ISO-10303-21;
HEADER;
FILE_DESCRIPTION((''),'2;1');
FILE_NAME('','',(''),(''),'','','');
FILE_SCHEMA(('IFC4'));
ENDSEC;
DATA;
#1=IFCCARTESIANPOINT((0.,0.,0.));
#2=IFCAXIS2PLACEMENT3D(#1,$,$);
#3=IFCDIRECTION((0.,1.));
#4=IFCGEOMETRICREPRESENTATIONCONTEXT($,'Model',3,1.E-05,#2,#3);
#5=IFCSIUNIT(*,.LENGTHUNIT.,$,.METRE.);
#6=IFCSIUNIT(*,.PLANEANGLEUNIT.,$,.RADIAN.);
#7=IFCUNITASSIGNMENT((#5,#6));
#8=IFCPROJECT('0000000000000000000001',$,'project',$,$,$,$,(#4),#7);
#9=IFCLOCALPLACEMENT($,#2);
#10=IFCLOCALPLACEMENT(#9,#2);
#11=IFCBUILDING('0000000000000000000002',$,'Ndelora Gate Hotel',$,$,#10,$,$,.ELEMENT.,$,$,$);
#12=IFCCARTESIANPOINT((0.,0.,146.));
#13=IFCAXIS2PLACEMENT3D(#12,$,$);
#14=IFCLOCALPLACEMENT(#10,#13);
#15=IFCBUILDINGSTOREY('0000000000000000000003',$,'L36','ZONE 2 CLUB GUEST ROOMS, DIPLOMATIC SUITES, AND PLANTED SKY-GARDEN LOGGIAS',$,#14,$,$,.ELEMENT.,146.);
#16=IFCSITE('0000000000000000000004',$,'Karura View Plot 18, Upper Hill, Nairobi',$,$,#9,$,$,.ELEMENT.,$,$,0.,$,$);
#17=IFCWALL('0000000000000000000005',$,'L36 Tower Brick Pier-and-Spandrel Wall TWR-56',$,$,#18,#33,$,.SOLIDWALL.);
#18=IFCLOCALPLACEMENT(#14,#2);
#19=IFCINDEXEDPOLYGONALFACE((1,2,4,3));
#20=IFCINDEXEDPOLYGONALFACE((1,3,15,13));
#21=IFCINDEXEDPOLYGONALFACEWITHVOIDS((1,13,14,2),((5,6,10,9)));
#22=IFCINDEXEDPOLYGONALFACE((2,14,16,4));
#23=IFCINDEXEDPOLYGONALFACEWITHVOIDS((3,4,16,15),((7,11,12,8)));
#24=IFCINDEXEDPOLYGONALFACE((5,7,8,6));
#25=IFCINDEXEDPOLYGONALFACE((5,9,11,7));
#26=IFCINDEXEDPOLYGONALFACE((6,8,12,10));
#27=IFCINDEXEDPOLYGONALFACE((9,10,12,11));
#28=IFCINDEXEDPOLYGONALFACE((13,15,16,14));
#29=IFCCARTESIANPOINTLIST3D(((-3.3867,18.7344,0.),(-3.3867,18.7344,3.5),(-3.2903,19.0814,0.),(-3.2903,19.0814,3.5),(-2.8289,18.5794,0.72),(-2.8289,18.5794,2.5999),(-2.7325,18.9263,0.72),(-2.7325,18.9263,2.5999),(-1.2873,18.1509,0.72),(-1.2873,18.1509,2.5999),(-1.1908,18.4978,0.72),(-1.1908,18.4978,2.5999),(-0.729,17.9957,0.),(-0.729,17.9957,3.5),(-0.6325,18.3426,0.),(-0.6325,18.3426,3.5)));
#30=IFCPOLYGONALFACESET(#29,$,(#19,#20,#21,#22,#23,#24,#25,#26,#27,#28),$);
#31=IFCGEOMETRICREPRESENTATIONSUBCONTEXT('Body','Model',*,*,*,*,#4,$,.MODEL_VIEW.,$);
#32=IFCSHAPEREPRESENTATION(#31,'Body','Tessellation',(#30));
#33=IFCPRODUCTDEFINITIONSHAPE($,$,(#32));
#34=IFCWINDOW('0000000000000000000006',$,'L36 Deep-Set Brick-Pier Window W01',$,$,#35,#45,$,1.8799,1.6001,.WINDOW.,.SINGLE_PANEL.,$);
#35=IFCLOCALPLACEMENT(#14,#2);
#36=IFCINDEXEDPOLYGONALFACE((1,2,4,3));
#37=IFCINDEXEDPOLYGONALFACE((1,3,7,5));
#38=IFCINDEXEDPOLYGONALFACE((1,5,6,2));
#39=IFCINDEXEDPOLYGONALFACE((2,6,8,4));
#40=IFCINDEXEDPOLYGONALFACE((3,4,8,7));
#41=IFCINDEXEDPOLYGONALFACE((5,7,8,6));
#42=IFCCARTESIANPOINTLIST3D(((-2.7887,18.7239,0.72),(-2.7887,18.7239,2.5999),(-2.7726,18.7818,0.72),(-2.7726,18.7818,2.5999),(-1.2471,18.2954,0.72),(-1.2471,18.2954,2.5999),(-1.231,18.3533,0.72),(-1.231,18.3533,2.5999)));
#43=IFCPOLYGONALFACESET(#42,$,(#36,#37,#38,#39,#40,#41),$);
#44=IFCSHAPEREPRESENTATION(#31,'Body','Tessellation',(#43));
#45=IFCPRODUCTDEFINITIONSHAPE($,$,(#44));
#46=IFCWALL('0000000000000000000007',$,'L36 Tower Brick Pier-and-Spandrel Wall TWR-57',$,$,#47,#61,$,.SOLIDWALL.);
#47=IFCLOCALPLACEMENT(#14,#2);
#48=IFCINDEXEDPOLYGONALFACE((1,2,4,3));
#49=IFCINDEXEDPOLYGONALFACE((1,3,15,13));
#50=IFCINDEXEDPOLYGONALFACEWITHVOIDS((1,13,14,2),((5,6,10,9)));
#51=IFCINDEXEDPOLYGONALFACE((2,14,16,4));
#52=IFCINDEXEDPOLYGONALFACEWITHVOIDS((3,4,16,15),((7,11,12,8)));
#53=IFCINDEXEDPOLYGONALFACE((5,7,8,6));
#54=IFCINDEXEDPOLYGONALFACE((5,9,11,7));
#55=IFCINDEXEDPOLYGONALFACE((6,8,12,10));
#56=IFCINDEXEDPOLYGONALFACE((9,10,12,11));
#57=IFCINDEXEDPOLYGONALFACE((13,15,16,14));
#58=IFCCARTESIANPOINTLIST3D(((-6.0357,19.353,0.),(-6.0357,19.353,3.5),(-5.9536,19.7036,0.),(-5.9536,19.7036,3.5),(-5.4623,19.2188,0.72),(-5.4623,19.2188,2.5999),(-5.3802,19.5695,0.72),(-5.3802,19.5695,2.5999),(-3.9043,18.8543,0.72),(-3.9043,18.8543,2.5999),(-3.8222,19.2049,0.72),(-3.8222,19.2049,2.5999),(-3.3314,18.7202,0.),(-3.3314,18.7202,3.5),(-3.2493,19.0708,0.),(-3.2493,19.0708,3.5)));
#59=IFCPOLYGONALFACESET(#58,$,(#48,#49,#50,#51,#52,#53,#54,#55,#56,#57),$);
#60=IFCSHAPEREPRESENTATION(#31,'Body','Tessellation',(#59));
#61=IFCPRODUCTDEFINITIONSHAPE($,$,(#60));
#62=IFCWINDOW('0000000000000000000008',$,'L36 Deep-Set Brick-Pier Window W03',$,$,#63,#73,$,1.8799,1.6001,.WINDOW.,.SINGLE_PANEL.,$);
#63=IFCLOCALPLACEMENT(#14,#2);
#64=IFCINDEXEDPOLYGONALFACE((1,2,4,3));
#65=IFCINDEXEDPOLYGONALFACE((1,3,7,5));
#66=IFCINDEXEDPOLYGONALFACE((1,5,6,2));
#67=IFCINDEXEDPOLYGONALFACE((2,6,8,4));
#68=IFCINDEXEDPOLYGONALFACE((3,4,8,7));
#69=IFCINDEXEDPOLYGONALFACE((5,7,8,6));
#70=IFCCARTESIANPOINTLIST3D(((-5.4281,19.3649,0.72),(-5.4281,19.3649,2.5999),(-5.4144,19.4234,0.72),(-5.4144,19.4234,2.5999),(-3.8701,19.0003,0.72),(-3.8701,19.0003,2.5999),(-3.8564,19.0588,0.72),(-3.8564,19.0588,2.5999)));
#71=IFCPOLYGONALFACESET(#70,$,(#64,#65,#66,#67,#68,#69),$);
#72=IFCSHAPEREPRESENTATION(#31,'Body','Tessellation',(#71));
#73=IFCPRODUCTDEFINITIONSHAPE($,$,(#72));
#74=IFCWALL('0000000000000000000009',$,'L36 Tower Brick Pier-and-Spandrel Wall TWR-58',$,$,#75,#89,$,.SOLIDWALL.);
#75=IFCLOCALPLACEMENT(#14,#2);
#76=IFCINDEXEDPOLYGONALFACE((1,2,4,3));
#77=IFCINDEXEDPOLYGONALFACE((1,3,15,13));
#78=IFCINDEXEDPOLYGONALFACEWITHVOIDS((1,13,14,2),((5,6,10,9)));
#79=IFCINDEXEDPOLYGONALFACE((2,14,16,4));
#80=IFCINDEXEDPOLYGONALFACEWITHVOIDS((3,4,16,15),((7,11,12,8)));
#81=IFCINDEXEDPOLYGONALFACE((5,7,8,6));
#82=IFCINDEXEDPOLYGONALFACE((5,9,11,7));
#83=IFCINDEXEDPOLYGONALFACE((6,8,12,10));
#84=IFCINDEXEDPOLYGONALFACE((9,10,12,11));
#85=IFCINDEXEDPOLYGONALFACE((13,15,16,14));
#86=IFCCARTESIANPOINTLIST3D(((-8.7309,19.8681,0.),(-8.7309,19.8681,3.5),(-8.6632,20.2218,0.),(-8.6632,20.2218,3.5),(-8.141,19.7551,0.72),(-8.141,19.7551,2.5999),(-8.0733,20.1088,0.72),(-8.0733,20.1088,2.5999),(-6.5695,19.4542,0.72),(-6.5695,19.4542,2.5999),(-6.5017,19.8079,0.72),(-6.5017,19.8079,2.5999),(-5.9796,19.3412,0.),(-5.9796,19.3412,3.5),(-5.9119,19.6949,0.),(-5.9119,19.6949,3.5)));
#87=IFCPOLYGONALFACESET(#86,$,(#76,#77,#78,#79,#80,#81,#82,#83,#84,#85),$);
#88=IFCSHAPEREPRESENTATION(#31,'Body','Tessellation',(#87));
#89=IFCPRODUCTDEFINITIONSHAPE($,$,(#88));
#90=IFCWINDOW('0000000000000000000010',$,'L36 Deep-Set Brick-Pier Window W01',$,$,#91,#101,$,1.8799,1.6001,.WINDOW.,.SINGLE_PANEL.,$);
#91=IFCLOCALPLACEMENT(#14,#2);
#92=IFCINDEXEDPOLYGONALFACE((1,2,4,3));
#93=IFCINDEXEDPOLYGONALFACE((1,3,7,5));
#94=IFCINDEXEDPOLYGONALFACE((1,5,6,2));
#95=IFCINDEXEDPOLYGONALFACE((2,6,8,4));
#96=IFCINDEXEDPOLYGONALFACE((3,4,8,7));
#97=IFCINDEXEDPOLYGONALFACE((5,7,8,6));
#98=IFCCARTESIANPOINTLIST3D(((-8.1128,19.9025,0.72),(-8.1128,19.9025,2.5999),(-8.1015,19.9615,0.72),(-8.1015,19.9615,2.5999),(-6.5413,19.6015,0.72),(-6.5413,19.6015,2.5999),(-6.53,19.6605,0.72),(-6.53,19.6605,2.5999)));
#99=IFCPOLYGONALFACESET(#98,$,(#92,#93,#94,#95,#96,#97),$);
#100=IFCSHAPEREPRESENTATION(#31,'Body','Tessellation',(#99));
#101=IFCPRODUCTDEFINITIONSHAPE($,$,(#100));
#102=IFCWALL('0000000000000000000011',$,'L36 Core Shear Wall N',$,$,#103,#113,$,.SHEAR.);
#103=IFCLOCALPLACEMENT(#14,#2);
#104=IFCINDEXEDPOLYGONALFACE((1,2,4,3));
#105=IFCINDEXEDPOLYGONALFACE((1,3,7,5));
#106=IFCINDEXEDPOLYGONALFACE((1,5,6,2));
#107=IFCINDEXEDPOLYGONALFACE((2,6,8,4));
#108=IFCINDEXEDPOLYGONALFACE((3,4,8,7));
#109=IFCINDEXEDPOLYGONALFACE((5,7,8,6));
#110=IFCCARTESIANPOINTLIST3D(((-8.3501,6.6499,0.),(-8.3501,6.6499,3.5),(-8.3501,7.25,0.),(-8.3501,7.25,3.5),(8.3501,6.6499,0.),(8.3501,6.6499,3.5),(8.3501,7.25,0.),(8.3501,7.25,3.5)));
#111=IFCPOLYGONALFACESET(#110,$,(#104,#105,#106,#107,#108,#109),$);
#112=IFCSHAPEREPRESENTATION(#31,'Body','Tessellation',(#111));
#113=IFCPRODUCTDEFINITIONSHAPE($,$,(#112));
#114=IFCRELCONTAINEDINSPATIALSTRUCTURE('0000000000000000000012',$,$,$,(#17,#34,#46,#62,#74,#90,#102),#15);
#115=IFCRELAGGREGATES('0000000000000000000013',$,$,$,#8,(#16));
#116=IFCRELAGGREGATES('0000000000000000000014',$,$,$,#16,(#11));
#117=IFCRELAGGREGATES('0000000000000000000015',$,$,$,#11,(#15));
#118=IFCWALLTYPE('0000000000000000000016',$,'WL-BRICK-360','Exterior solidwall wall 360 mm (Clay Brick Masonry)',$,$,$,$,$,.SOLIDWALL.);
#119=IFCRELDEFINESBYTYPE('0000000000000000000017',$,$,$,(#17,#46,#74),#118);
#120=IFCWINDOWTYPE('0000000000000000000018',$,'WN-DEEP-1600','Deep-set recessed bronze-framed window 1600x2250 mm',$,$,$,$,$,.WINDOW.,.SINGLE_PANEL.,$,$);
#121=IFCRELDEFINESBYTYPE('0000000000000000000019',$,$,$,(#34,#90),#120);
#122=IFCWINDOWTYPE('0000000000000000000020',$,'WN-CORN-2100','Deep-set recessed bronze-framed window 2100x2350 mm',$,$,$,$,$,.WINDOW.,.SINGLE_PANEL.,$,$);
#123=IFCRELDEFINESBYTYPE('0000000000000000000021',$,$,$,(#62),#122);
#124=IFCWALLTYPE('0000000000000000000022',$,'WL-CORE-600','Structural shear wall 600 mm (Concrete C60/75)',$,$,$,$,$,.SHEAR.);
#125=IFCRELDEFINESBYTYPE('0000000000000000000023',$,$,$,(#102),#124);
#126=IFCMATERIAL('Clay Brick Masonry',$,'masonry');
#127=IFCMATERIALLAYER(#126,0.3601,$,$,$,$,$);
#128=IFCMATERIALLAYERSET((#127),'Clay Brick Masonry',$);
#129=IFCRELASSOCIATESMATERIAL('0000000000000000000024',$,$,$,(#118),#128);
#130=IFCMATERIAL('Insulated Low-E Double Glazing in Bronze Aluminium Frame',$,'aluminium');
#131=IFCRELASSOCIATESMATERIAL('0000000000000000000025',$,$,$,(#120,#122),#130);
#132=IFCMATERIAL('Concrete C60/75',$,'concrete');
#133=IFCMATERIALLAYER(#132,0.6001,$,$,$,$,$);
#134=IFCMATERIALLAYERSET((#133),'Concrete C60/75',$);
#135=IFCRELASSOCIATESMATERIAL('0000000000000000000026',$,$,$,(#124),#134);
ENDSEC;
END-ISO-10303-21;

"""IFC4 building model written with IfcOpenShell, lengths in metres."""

from ifc_helpers import new_model, si_unit, direction, frame, frame_2d, origin, place, context, subcontext, project, spatial, rectangle, extrude, material, layer, layer_set, type_object, element, fill, save


model = new_model("IFC4")

# Units and contexts
model_context = context("Model", 3, precision=1e-05, world=origin(), true_north=direction((0.0, 1.0)))
body_context = subcontext(model_context, "Body", "Model", "MODEL_VIEW")
ifc_project = project(units=[si_unit("LENGTHUNIT", "METRE"), si_unit("PLANEANGLEUNIT", "RADIAN")], contexts=[model_context])

# Site, building, storey
site_placement = place(None, origin())
site = spatial("IfcSite", under=ifc_project, at=site_placement, Name="Karura View Plot 18, Upper Hill, Nairobi", CompositionType="ELEMENT", RefElevation=0.0)
building_placement = place(site_placement, origin())
building = spatial("IfcBuilding", under=site, at=building_placement, Name="Ndelora Gate Hotel", CompositionType="ELEMENT")
storey_placement = place(building_placement, frame((0.0, 0.0, 146.0)))
storey = spatial("IfcBuildingStorey", under=building, at=storey_placement, Name="L36", Description="ZONE 2 CLUB GUEST ROOMS, DIPLOMATIC SUITES, AND PLANTED SKY-GARDEN LOGGIAS", CompositionType="ELEMENT", Elevation=146.0)

# Shared definitions
ifc_material_1 = material(Name="Concrete C60/75", Category="concrete")

# Shared definitions
ifc_material_2 = material(Name="Clay Brick Masonry", Category="masonry")
ifc_layer_1 = layer(ifc_material_2, 0.3601)
ifc_layer_set_1 = layer_set([ifc_layer_1], Name="Clay Brick Masonry")
wall_type_1 = type_object("IfcWallType", Name="WL-BRICK-360", Description="Exterior solidwall wall 360 mm (Clay Brick Masonry)", PredefinedType="SOLIDWALL", material=ifc_layer_set_1)

# Walls, openings, windows
ifc_material_3 = material(Name="Insulated Low-E Double Glazing in Bronze Aluminium Frame", Category="aluminium")
wall_1_placement = place(storey_placement, frame((-3.3386, 18.908, 0.0), z_axis=(0.0, 0.0, 1.0), x_axis=(0.96347, -0.267817, 0.0)))
wall_1 = element("IfcWall", 1, at=wall_1_placement, inside=storey, type_object=wall_type_1, Name="L36 Tower Brick Pier-and-Spandrel Wall TWR-56", PredefinedType="SOLIDWALL", context=body_context, shape_type="SweptSolid", body=[
    extrude(rectangle(XDim=2.7585, YDim=0.3601, at=frame_2d((1.3794, 0.0))), origin(), (0.0, 0.0, 1.0), 3.5),
])
opening_1_placement = place(wall_1_placement, frame((0.5791, 0.0, 0.72)))
opening_1 = element("IfcOpeningElement", 2, at=opening_1_placement, cuts=wall_1, PredefinedType="OPENING", context=body_context, shape_type="SweptSolid", body=[
    extrude(rectangle(XDim=1.6001, YDim=1.8799, at=frame_2d((0.8, 0.9399))), frame((0.0, 0.1899, 0.0), z_axis=(0.0, -1.0, 0.0), x_axis=(1.0, 0.0, 0.0)), (0.0, 0.0, 1.0), 0.3801),
])
window_type_1 = type_object("IfcWindowType", Name="WN-DEEP-1600", Description="Deep-set recessed bronze-framed window 1600x2250 mm", PartitioningType="SINGLE_PANEL", PredefinedType="WINDOW", material=ifc_material_3)
window_1_placement = place(opening_1_placement, origin())
window_1 = element("IfcWindow", 3, at=window_1_placement, inside=storey, type_object=window_type_1, Name="L36 Deep-Set Brick-Pier Window W01", OverallHeight=1.8799, OverallWidth=1.6001, PartitioningType="SINGLE_PANEL", PredefinedType="WINDOW", context=body_context, shape_type="SweptSolid", body=[
    extrude(rectangle(XDim=1.6001, YDim=1.8799, at=frame_2d((0.8, 0.9399))), frame((0.0, 0.03, 0.0), z_axis=(0.0, -1.0, 0.0), x_axis=(1.0, 0.0, 0.0)), (0.0, 0.0, 1.0), 0.0601),
])
fill(opening_1, window_1)
wall_2_placement = place(storey_placement, frame((-5.9946, 19.5283, 0.0), z_axis=(0.0, 0.0, 1.0), x_axis=(0.973698, -0.227844, 0.0)))
wall_2 = element("IfcWall", 4, at=wall_2_placement, inside=storey, type_object=wall_type_1, Name="L36 Tower Brick Pier-and-Spandrel Wall TWR-57", PredefinedType="SOLIDWALL", context=body_context, shape_type="SweptSolid", body=[
    extrude(rectangle(XDim=2.7773, YDim=0.3601, at=frame_2d((1.3887, 0.0))), origin(), (0.0, 0.0, 1.0), 3.5),
])
opening_2_placement = place(wall_2_placement, frame((0.5889, 0.0, 0.72)))
opening_2 = element("IfcOpeningElement", 5, at=opening_2_placement, cuts=wall_2, PredefinedType="OPENING", context=body_context, shape_type="SweptSolid", body=[
    extrude(rectangle(XDim=1.6001, YDim=1.8799, at=frame_2d((0.8, 0.9399))), frame((0.0, 0.1899, 0.0), z_axis=(0.0, -1.0, 0.0), x_axis=(1.0, 0.0, 0.0)), (0.0, 0.0, 1.0), 0.3801),
])
window_type_2 = type_object("IfcWindowType", Name="WN-CORN-2100", Description="Deep-set recessed bronze-framed window 2100x2350 mm", PartitioningType="SINGLE_PANEL", PredefinedType="WINDOW", material=ifc_material_3)
window_2_placement = place(opening_2_placement, origin())
window_2 = element("IfcWindow", 6, at=window_2_placement, inside=storey, type_object=window_type_2, Name="L36 Deep-Set Brick-Pier Window W03", OverallHeight=1.8799, OverallWidth=1.6001, PartitioningType="SINGLE_PANEL", PredefinedType="WINDOW", context=body_context, shape_type="SweptSolid", body=[
    extrude(rectangle(XDim=1.6001, YDim=1.8799, at=frame_2d((0.8, 0.9399))), frame((0.0, 0.03, 0.0), z_axis=(0.0, -1.0, 0.0), x_axis=(1.0, 0.0, 0.0)), (0.0, 0.0, 1.0), 0.0601),
])
fill(opening_2, window_2)
wall_3_placement = place(storey_placement, frame((-8.697, 20.0449, 0.0), z_axis=(0.0, 0.0, 1.0), x_axis=(0.982153, -0.188081, 0.0)))
wall_3 = element("IfcWall", 7, at=wall_3_placement, inside=storey, type_object=wall_type_1, Name="L36 Tower Brick Pier-and-Spandrel Wall TWR-58", PredefinedType="SOLIDWALL", context=body_context, shape_type="SweptSolid", body=[
    extrude(rectangle(XDim=2.8013, YDim=0.3601, at=frame_2d((1.4006, 0.0))), origin(), (0.0, 0.0, 1.0), 3.5),
])
opening_3_placement = place(wall_3_placement, frame((0.6006, 0.0, 0.72)))
opening_3 = element("IfcOpeningElement", 8, at=opening_3_placement, cuts=wall_3, PredefinedType="OPENING", context=body_context, shape_type="SweptSolid", body=[
    extrude(rectangle(XDim=1.6001, YDim=1.8799, at=frame_2d((0.8, 0.9399))), frame((0.0, 0.1899, 0.0), z_axis=(0.0, -1.0, 0.0), x_axis=(1.0, 0.0, 0.0)), (0.0, 0.0, 1.0), 0.3801),
])
window_3_placement = place(opening_3_placement, origin())
window_3 = element("IfcWindow", 9, at=window_3_placement, inside=storey, type_object=window_type_1, Name="L36 Deep-Set Brick-Pier Window W01", OverallHeight=1.8799, OverallWidth=1.6001, PartitioningType="SINGLE_PANEL", PredefinedType="WINDOW", context=body_context, shape_type="SweptSolid", body=[
    extrude(rectangle(XDim=1.6001, YDim=1.8799, at=frame_2d((0.8, 0.9399))), frame((0.0, 0.03, 0.0), z_axis=(0.0, -1.0, 0.0), x_axis=(1.0, 0.0, 0.0)), (0.0, 0.0, 1.0), 0.0601),
])
fill(opening_3, window_3)

# Wall
ifc_layer_2 = layer(ifc_material_1, 0.6001)
ifc_layer_set_2 = layer_set([ifc_layer_2], Name="Concrete C60/75")
wall_type_2 = type_object("IfcWallType", Name="WL-CORE-600", Description="Structural shear wall 600 mm (Concrete C60/75)", PredefinedType="SHEAR", material=ifc_layer_set_2)
wall_4_placement = place(storey_placement, frame((-8.3501, 6.95, 0.0), z_axis=(0.0, 0.0, 1.0), x_axis=(1.0, 0.0, 0.0)))
element("IfcWall", 10, at=wall_4_placement, inside=storey, type_object=wall_type_2, Name="L36 Core Shear Wall N", PredefinedType="SHEAR", context=body_context, shape_type="SweptSolid", body=[
    extrude(rectangle(XDim=16.7002, YDim=0.6001, at=frame_2d((8.3501, 0.0))), origin(), (0.0, 0.0, 1.0), 3.5),
])

save(model, "model.ifc")
